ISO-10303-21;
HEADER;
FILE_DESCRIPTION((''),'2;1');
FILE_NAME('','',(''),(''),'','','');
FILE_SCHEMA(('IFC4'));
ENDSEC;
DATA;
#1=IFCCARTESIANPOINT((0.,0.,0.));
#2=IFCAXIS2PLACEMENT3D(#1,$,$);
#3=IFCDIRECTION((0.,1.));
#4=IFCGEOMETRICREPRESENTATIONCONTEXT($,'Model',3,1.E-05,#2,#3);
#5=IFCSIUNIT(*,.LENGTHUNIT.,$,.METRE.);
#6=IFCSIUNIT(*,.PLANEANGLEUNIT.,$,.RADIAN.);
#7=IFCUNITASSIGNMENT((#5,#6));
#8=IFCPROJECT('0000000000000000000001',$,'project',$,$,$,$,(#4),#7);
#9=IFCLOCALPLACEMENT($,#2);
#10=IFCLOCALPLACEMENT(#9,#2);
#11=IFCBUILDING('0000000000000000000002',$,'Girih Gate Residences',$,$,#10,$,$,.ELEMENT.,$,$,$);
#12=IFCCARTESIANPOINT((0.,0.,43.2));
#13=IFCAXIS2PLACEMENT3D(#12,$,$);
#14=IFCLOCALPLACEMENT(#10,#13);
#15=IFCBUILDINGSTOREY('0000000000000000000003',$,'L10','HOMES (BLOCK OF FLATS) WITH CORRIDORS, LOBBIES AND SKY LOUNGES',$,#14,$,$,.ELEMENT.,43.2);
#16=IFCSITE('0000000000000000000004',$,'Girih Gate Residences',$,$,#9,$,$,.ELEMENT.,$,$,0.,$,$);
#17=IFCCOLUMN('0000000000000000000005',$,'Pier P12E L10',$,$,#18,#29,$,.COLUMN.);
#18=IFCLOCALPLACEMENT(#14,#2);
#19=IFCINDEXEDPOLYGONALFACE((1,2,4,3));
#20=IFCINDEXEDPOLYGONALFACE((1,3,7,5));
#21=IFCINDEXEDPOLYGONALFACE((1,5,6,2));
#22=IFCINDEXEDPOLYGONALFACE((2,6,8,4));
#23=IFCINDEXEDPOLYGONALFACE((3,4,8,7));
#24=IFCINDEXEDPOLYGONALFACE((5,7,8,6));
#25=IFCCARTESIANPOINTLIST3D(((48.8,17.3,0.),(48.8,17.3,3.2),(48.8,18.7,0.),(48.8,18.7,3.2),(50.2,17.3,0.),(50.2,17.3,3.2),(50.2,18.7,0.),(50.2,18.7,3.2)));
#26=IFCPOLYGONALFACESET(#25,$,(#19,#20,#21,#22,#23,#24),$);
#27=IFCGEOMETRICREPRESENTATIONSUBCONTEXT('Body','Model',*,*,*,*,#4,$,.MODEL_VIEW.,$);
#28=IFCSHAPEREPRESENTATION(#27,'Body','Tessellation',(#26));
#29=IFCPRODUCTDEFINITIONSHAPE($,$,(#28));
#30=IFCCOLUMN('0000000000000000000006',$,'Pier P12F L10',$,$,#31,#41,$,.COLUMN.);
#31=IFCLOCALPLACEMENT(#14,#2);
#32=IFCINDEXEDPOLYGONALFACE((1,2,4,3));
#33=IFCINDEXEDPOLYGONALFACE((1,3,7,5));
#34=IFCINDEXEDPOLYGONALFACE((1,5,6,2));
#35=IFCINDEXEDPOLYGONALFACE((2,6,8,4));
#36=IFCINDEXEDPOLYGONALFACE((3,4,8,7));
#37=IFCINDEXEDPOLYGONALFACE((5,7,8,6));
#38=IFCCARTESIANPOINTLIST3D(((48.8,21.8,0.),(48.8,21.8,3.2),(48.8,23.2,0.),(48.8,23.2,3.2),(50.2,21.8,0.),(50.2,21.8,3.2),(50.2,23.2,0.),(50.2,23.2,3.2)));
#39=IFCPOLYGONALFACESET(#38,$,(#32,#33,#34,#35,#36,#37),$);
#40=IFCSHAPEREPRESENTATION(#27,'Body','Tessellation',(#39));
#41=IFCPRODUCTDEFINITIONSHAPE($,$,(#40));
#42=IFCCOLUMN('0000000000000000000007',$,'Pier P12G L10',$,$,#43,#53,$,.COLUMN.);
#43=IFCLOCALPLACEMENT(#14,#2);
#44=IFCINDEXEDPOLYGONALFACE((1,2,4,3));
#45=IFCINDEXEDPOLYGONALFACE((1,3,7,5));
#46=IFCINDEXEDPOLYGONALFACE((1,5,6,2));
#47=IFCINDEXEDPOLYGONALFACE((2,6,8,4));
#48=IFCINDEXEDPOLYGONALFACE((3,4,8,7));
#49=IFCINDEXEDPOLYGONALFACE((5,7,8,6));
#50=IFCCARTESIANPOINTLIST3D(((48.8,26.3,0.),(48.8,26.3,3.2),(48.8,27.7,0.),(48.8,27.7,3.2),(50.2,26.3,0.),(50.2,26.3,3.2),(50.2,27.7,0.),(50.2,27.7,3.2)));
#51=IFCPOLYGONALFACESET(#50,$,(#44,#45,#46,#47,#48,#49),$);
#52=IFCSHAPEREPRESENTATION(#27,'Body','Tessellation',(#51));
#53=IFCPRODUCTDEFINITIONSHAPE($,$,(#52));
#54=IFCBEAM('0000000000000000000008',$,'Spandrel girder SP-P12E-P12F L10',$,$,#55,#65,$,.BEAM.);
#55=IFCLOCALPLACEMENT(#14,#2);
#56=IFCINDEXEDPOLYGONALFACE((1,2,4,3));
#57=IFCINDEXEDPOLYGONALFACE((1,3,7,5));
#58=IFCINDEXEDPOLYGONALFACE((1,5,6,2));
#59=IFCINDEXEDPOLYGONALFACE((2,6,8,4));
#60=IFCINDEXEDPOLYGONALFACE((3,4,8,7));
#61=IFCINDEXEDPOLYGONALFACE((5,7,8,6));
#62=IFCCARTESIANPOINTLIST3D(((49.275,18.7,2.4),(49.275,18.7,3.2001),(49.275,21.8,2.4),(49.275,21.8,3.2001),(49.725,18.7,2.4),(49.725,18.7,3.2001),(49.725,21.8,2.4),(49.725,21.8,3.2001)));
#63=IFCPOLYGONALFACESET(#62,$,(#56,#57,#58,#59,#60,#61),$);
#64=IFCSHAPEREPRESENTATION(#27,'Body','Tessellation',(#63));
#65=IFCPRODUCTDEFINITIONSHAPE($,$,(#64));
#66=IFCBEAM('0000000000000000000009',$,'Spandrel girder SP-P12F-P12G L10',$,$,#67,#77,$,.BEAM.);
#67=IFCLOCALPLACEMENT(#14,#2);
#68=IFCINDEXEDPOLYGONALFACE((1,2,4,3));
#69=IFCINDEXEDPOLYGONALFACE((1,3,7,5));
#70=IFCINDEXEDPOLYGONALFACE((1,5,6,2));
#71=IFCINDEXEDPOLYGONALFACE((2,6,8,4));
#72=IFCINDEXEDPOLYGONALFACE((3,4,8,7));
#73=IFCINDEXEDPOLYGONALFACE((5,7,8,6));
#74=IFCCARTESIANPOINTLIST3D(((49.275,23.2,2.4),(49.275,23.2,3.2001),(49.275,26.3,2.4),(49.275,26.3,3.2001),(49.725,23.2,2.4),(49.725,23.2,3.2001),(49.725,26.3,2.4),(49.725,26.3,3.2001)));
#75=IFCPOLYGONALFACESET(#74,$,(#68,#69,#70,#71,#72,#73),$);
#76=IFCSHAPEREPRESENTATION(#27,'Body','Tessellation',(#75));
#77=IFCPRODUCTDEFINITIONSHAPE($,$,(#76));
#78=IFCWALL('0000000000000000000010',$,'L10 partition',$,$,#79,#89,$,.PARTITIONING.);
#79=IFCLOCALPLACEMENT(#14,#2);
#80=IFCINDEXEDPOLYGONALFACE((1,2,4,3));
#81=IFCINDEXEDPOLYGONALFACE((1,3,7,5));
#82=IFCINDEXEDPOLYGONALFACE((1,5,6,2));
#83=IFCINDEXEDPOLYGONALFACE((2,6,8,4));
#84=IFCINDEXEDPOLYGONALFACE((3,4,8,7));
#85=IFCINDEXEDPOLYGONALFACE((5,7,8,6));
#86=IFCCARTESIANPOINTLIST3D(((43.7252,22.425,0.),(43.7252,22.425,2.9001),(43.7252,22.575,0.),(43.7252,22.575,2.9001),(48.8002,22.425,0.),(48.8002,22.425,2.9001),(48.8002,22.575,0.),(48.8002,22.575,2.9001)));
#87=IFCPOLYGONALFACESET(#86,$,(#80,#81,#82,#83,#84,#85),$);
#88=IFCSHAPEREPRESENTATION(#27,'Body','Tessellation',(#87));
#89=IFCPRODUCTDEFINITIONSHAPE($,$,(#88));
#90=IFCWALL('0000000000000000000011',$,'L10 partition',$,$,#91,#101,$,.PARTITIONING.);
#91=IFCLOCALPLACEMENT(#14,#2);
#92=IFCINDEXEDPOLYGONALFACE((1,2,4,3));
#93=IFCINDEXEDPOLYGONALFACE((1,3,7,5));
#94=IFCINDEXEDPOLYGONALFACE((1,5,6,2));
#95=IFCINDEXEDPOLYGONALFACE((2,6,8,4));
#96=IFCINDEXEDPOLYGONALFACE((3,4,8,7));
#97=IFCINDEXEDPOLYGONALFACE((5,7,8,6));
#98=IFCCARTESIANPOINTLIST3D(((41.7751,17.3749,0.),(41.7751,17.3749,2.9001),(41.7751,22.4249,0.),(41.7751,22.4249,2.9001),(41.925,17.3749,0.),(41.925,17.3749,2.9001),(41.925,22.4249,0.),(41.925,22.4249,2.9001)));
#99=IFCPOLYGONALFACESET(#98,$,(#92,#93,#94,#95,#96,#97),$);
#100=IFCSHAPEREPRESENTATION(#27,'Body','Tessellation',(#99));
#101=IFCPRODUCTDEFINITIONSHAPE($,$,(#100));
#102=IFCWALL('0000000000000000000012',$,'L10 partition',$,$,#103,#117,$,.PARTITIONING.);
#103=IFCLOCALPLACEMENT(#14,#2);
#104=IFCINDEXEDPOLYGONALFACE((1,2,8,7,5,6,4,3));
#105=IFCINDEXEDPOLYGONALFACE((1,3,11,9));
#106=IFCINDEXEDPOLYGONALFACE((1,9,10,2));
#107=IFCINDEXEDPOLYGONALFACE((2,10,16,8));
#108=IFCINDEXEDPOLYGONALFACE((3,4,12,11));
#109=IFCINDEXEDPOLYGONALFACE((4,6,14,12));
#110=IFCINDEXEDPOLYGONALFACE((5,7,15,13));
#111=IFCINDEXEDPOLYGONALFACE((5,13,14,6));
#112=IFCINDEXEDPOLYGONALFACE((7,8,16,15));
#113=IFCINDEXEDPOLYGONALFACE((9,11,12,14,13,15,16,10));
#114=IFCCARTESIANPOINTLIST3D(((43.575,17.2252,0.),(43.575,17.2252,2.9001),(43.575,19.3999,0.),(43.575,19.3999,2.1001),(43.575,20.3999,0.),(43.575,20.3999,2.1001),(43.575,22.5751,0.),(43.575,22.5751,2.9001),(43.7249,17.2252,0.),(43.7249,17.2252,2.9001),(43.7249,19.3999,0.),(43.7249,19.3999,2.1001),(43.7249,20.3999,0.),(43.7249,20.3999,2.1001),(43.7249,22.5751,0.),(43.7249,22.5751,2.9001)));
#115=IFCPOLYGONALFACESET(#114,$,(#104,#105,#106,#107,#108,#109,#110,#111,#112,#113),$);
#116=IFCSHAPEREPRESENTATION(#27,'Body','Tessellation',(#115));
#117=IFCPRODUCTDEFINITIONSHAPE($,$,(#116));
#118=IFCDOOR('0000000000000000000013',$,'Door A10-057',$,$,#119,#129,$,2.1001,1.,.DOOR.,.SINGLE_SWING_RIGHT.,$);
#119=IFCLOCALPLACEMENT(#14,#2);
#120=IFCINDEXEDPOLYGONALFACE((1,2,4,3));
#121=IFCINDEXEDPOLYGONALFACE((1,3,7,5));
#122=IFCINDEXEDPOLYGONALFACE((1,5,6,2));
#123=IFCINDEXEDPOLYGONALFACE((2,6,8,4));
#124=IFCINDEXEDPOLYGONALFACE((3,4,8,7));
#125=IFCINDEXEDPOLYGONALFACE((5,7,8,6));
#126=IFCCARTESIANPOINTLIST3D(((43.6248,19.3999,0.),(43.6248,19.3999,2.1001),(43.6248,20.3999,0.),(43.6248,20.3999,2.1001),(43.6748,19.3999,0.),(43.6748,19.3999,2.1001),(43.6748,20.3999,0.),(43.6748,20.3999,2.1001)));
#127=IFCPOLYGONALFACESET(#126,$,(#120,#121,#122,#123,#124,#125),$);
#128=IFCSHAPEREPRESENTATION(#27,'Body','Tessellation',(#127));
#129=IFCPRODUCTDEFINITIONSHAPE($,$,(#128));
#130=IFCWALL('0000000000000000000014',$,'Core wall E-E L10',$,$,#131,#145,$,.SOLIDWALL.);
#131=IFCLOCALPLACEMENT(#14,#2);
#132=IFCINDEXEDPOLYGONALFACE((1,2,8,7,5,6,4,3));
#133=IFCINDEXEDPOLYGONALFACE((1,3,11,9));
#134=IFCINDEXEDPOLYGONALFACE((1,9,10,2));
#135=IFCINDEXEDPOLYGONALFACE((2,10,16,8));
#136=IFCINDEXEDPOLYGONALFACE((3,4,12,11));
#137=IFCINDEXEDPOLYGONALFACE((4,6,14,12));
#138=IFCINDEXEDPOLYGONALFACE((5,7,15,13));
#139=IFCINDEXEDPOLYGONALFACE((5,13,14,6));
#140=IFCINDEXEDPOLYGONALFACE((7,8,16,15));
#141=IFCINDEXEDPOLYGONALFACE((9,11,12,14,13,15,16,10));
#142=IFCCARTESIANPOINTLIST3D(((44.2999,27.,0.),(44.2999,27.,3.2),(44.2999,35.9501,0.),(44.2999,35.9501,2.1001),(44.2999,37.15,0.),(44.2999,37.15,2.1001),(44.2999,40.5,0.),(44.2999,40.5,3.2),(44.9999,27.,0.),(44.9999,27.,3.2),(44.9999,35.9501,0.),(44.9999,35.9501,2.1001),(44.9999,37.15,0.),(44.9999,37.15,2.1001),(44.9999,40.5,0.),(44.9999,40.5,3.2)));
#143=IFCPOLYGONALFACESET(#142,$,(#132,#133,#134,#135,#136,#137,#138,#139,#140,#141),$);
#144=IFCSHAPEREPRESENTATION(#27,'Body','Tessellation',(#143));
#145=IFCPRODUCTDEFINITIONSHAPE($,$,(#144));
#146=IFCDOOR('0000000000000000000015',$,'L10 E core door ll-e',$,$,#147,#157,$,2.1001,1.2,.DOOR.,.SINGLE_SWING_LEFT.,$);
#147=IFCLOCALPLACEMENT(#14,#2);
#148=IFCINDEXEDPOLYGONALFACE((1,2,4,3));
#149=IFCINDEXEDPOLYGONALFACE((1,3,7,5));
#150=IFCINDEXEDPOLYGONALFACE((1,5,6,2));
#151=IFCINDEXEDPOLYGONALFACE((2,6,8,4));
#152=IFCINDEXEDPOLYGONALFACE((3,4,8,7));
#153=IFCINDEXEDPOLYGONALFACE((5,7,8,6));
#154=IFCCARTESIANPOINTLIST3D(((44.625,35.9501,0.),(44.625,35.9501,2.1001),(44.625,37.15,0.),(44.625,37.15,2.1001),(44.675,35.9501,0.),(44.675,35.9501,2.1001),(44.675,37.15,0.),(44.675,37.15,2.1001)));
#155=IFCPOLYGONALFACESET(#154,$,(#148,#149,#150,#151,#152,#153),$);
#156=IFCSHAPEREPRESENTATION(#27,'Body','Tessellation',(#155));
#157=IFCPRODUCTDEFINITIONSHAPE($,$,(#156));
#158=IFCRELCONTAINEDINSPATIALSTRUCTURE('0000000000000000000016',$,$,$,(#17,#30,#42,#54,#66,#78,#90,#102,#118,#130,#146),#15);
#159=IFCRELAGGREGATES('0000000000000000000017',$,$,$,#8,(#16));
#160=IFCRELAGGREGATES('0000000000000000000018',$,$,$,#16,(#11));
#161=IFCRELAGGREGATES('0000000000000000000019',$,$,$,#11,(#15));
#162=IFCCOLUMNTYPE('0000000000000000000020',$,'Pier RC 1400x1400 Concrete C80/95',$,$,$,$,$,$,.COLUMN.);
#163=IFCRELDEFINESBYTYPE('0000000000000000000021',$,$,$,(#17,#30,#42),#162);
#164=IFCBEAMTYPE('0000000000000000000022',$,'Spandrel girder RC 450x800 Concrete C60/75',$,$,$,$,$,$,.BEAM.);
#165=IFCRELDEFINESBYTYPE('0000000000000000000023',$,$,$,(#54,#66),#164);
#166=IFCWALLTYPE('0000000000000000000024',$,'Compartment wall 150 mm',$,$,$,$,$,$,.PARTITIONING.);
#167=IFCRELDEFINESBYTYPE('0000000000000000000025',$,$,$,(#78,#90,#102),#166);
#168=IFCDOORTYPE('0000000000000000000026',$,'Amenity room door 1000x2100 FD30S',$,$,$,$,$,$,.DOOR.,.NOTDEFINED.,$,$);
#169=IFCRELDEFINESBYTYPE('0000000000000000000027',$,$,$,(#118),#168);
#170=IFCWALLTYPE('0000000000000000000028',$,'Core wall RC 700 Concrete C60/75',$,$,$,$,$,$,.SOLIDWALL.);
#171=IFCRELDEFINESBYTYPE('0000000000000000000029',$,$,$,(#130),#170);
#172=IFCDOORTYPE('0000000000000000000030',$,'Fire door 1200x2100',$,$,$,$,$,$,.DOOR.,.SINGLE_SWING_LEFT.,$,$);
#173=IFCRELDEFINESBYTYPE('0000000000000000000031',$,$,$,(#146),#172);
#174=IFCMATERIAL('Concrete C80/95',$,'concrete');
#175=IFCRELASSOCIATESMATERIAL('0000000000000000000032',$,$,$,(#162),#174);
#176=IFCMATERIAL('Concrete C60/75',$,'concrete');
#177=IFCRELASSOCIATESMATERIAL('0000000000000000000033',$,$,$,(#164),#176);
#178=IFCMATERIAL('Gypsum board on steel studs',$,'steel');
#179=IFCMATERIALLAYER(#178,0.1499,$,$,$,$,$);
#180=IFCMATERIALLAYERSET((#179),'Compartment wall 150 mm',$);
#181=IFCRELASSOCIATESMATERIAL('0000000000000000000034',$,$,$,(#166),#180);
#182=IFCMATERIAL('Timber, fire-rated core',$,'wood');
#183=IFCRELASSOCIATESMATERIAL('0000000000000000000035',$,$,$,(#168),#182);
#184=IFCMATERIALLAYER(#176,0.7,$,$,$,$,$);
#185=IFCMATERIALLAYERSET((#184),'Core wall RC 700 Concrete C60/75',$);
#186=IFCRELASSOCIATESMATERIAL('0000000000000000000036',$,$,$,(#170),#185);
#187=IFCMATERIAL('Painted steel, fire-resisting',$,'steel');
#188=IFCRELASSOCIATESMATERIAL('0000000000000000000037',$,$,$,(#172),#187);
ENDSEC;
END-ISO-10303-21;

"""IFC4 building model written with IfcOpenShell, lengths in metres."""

from ifc_helpers import new_model, si_unit, direction, frame, frame_2d, origin, origin_2d, place, context, subcontext, project, spatial, rectangle, extrude, material, layer, layer_set, material_profile, profile_set, type_object, element, fill, save


model = new_model("IFC4")

# Units and contexts
model_context = context("Model", 3, precision=1e-05, world=origin(), true_north=direction((0.0, 1.0)))
body_context = subcontext(model_context, "Body", "Model", "MODEL_VIEW")
ifc_project = project(units=[si_unit("LENGTHUNIT", "METRE"), si_unit("PLANEANGLEUNIT", "RADIAN")], contexts=[model_context])

# Site, building, storey
site_placement = place(None, origin())
site = spatial("IfcSite", under=ifc_project, at=site_placement, Name="Girih Gate Residences", CompositionType="ELEMENT", RefElevation=0.0)
building_placement = place(site_placement, origin())
building = spatial("IfcBuilding", under=site, at=building_placement, Name="Girih Gate Residences", CompositionType="ELEMENT")
storey_placement = place(building_placement, frame((0.0, 0.0, 43.2)))
storey = spatial("IfcBuildingStorey", under=building, at=storey_placement, Name="L10", Description="HOMES (BLOCK OF FLATS) WITH CORRIDORS, LOBBIES AND SKY LOUNGES", CompositionType="ELEMENT", Elevation=43.2)

# Columns
ifc_material_1 = material(Name="Concrete C80/95", Category="concrete")
ifc_material_profile_1 = material_profile(ifc_material_1, rectangle(XDim=1.3999, YDim=1.3999, at=origin_2d()))
ifc_profile_set_1 = profile_set([ifc_material_profile_1], Name="Concrete C80/95")
column_type = type_object("IfcColumnType", Name="Pier RC 1400x1400 Concrete C80/95", PredefinedType="COLUMN", material=ifc_profile_set_1)
for number, where, z_axis, x_axis, name in (
    (1, (49.5, 18.0, 0.0), (0.0, 0.0, 1.0), (1.0, 0.0, 0.0), "Pier P12E L10"),
    (2, (49.5, 22.5, 0.0), (0.0, 0.0, 1.0), (1.0, 0.0, 0.0), "Pier P12F L10"),
    (3, (49.5, 27.0, 0.0), (0.0, 0.0, 1.0), (1.0, 0.0, 0.0), "Pier P12G L10"),
):
    element("IfcColumn", number, at=place(storey_placement, frame(where, z_axis=z_axis, x_axis=x_axis)), inside=storey, type_object=column_type, Name=name, PredefinedType="COLUMN", context=body_context, shape_type="SweptSolid", body=[
        extrude(rectangle(XDim=1.3999, YDim=1.3999, at=origin_2d()), origin(), (0.0, 0.0, 1.0), 3.2),
    ])

# Beams
ifc_material_2 = material(Name="Concrete C60/75", Category="concrete")
ifc_material_profile_2 = material_profile(ifc_material_2, rectangle(XDim=0.45, YDim=0.8, at=origin_2d()))
ifc_profile_set_2 = profile_set([ifc_material_profile_2], Name="Concrete C60/75")
beam_type = type_object("IfcBeamType", Name="Spandrel girder RC 450x800 Concrete C60/75", PredefinedType="BEAM", material=ifc_profile_set_2)
for number, where, z_axis, x_axis, name in (
    (4, (49.5, 18.7, 2.8), (0.0, 1.0, 0.0), (-1.0, 0.0, 0.0), "Spandrel girder SP-P12E-P12F L10"),
    (5, (49.5, 23.2, 2.8), (0.0, 1.0, 0.0), (-1.0, 0.0, 0.0), "Spandrel girder SP-P12F-P12G L10"),
):
    element("IfcBeam", number, at=place(storey_placement, frame(where, z_axis=z_axis, x_axis=x_axis)), inside=storey, type_object=beam_type, Name=name, PredefinedType="BEAM", context=body_context, shape_type="SweptSolid", body=[
        extrude(rectangle(XDim=0.45, YDim=0.8, at=origin_2d()), origin(), (0.0, 0.0, 1.0), 3.1001),
    ])

# Walls
ifc_material_3 = material(Name="Gypsum board on steel studs", Category="steel")
ifc_layer_1 = layer(ifc_material_3, 0.1499)
ifc_layer_set_1 = layer_set([ifc_layer_1], Name="Compartment wall 150 mm")
wall_type_1 = type_object("IfcWallType", Name="Compartment wall 150 mm", PredefinedType="PARTITIONING", material=ifc_layer_set_1)
wall_1_placement = place(storey_placement, frame((43.7251, 22.5, 0.0), z_axis=(0.0, 0.0, 1.0), x_axis=(1.0, 0.0, 0.0)))
element("IfcWall", 6, at=wall_1_placement, inside=storey, type_object=wall_type_1, Name="L10 partition", PredefinedType="PARTITIONING", context=body_context, shape_type="SweptSolid", body=[
    extrude(rectangle(XDim=5.075, YDim=0.1499, at=frame_2d((2.5376, 0.0))), origin(), (0.0, 0.0, 1.0), 2.9001),
])
wall_2_placement = place(storey_placement, frame((41.8501, 17.375, 0.0), z_axis=(0.0, 0.0, 1.0), x_axis=(0.0, 1.0, 0.0)))
element("IfcWall", 7, at=wall_2_placement, inside=storey, type_object=wall_type_1, Name="L10 partition", PredefinedType="PARTITIONING", context=body_context, shape_type="SweptSolid", body=[
    extrude(rectangle(XDim=5.05, YDim=0.1499, at=frame_2d((2.5249, 0.0))), origin(), (0.0, 0.0, 1.0), 2.9001),
])

# Walls, openings, doors
wall_3_placement = place(storey_placement, frame((43.6499, 22.575, 0.0), z_axis=(0.0, 0.0, 1.0), x_axis=(0.0, -1.0, 0.0)))
wall_3 = element("IfcWall", 8, at=wall_3_placement, inside=storey, type_object=wall_type_1, Name="L10 partition", PredefinedType="PARTITIONING", context=body_context, shape_type="SweptSolid", body=[
    extrude(rectangle(XDim=5.3499, YDim=0.1499, at=frame_2d((2.6748, 0.0))), origin(), (0.0, 0.0, 1.0), 2.9001),
])
opening_1_placement = place(wall_3_placement, frame((2.175, 0.0, 0.0)))
opening_1 = element("IfcOpeningElement", 9, at=opening_1_placement, cuts=wall_3, PredefinedType="OPENING", context=body_context, shape_type="SweptSolid", body=[
    extrude(rectangle(XDim=1.0, YDim=2.1001, at=frame_2d((0.5, 1.05))), frame((0.0, 0.085, 0.0), z_axis=(0.0, -1.0, 0.0), x_axis=(1.0, 0.0, 0.0)), (0.0, 0.0, 1.0), 0.1699),
])
ifc_material_4 = material(Name="Timber, fire-rated core", Category="wood")
door_type_1 = type_object("IfcDoorType", Name="Amenity room door 1000x2100 FD30S", OperationType="NOTDEFINED", PredefinedType="DOOR", material=ifc_material_4)
door_1_placement = place(opening_1_placement, origin())
door_1 = element("IfcDoor", 10, at=door_1_placement, inside=storey, type_object=door_type_1, Name="Door A10-057", OperationType="SINGLE_SWING_RIGHT", OverallHeight=2.1001, OverallWidth=1.0, PredefinedType="DOOR", context=body_context, shape_type="SweptSolid", body=[
    extrude(rectangle(XDim=1.0, YDim=2.1001, at=frame_2d((0.5, 1.05))), frame((0.0, 0.0249, 0.0), z_axis=(0.0, -1.0, 0.0), x_axis=(1.0, 0.0, 0.0)), (0.0, 0.0, 1.0), 0.05),
])
fill(opening_1, door_1)
ifc_layer_2 = layer(ifc_material_2, 0.7)
ifc_layer_set_2 = layer_set([ifc_layer_2], Name="Core wall RC 700 Concrete C60/75")
wall_type_2 = type_object("IfcWallType", Name="Core wall RC 700 Concrete C60/75", PredefinedType="SOLIDWALL", material=ifc_layer_set_2)
wall_4_placement = place(storey_placement, frame((44.6499, 27.0, 0.0), z_axis=(0.0, 0.0, 1.0), x_axis=(0.0, 1.0, 0.0)))
wall_4 = element("IfcWall", 11, at=wall_4_placement, inside=storey, type_object=wall_type_2, Name="Core wall E-E L10", PredefinedType="SOLIDWALL", context=body_context, shape_type="SweptSolid", body=[
    extrude(rectangle(XDim=13.5, YDim=0.7, at=frame_2d((6.75, 0.0))), origin(), (0.0, 0.0, 1.0), 3.2),
])
opening_2_placement = place(wall_4_placement, frame((8.95, 0.0, 0.0)))
opening_2 = element("IfcOpeningElement", 12, at=opening_2_placement, cuts=wall_4, PredefinedType="OPENING", context=body_context, shape_type="SweptSolid", body=[
    extrude(rectangle(XDim=1.2, YDim=2.1001, at=frame_2d((0.6001, 1.05))), frame((0.0, 0.3599, 0.0), z_axis=(0.0, -1.0, 0.0), x_axis=(1.0, 0.0, 0.0)), (0.0, 0.0, 1.0), 0.72),
])
ifc_material_5 = material(Name="Painted steel, fire-resisting", Category="steel")
door_type_2 = type_object("IfcDoorType", Name="Fire door 1200x2100", OperationType="SINGLE_SWING_LEFT", PredefinedType="DOOR", material=ifc_material_5)
door_2_placement = place(opening_2_placement, origin())
door_2 = element("IfcDoor", 13, at=door_2_placement, inside=storey, type_object=door_type_2, Name="L10 E core door ll-e", OperationType="SINGLE_SWING_LEFT", OverallHeight=2.1001, OverallWidth=1.2, PredefinedType="DOOR", context=body_context, shape_type="SweptSolid", body=[
    extrude(rectangle(XDim=1.2, YDim=2.1001, at=frame_2d((0.6001, 1.05))), frame((0.0, 0.0249, 0.0), z_axis=(0.0, -1.0, 0.0), x_axis=(1.0, 0.0, 0.0)), (0.0, 0.0, 1.0), 0.05),
])
fill(opening_2, door_2)

save(model, "model.ifc")
